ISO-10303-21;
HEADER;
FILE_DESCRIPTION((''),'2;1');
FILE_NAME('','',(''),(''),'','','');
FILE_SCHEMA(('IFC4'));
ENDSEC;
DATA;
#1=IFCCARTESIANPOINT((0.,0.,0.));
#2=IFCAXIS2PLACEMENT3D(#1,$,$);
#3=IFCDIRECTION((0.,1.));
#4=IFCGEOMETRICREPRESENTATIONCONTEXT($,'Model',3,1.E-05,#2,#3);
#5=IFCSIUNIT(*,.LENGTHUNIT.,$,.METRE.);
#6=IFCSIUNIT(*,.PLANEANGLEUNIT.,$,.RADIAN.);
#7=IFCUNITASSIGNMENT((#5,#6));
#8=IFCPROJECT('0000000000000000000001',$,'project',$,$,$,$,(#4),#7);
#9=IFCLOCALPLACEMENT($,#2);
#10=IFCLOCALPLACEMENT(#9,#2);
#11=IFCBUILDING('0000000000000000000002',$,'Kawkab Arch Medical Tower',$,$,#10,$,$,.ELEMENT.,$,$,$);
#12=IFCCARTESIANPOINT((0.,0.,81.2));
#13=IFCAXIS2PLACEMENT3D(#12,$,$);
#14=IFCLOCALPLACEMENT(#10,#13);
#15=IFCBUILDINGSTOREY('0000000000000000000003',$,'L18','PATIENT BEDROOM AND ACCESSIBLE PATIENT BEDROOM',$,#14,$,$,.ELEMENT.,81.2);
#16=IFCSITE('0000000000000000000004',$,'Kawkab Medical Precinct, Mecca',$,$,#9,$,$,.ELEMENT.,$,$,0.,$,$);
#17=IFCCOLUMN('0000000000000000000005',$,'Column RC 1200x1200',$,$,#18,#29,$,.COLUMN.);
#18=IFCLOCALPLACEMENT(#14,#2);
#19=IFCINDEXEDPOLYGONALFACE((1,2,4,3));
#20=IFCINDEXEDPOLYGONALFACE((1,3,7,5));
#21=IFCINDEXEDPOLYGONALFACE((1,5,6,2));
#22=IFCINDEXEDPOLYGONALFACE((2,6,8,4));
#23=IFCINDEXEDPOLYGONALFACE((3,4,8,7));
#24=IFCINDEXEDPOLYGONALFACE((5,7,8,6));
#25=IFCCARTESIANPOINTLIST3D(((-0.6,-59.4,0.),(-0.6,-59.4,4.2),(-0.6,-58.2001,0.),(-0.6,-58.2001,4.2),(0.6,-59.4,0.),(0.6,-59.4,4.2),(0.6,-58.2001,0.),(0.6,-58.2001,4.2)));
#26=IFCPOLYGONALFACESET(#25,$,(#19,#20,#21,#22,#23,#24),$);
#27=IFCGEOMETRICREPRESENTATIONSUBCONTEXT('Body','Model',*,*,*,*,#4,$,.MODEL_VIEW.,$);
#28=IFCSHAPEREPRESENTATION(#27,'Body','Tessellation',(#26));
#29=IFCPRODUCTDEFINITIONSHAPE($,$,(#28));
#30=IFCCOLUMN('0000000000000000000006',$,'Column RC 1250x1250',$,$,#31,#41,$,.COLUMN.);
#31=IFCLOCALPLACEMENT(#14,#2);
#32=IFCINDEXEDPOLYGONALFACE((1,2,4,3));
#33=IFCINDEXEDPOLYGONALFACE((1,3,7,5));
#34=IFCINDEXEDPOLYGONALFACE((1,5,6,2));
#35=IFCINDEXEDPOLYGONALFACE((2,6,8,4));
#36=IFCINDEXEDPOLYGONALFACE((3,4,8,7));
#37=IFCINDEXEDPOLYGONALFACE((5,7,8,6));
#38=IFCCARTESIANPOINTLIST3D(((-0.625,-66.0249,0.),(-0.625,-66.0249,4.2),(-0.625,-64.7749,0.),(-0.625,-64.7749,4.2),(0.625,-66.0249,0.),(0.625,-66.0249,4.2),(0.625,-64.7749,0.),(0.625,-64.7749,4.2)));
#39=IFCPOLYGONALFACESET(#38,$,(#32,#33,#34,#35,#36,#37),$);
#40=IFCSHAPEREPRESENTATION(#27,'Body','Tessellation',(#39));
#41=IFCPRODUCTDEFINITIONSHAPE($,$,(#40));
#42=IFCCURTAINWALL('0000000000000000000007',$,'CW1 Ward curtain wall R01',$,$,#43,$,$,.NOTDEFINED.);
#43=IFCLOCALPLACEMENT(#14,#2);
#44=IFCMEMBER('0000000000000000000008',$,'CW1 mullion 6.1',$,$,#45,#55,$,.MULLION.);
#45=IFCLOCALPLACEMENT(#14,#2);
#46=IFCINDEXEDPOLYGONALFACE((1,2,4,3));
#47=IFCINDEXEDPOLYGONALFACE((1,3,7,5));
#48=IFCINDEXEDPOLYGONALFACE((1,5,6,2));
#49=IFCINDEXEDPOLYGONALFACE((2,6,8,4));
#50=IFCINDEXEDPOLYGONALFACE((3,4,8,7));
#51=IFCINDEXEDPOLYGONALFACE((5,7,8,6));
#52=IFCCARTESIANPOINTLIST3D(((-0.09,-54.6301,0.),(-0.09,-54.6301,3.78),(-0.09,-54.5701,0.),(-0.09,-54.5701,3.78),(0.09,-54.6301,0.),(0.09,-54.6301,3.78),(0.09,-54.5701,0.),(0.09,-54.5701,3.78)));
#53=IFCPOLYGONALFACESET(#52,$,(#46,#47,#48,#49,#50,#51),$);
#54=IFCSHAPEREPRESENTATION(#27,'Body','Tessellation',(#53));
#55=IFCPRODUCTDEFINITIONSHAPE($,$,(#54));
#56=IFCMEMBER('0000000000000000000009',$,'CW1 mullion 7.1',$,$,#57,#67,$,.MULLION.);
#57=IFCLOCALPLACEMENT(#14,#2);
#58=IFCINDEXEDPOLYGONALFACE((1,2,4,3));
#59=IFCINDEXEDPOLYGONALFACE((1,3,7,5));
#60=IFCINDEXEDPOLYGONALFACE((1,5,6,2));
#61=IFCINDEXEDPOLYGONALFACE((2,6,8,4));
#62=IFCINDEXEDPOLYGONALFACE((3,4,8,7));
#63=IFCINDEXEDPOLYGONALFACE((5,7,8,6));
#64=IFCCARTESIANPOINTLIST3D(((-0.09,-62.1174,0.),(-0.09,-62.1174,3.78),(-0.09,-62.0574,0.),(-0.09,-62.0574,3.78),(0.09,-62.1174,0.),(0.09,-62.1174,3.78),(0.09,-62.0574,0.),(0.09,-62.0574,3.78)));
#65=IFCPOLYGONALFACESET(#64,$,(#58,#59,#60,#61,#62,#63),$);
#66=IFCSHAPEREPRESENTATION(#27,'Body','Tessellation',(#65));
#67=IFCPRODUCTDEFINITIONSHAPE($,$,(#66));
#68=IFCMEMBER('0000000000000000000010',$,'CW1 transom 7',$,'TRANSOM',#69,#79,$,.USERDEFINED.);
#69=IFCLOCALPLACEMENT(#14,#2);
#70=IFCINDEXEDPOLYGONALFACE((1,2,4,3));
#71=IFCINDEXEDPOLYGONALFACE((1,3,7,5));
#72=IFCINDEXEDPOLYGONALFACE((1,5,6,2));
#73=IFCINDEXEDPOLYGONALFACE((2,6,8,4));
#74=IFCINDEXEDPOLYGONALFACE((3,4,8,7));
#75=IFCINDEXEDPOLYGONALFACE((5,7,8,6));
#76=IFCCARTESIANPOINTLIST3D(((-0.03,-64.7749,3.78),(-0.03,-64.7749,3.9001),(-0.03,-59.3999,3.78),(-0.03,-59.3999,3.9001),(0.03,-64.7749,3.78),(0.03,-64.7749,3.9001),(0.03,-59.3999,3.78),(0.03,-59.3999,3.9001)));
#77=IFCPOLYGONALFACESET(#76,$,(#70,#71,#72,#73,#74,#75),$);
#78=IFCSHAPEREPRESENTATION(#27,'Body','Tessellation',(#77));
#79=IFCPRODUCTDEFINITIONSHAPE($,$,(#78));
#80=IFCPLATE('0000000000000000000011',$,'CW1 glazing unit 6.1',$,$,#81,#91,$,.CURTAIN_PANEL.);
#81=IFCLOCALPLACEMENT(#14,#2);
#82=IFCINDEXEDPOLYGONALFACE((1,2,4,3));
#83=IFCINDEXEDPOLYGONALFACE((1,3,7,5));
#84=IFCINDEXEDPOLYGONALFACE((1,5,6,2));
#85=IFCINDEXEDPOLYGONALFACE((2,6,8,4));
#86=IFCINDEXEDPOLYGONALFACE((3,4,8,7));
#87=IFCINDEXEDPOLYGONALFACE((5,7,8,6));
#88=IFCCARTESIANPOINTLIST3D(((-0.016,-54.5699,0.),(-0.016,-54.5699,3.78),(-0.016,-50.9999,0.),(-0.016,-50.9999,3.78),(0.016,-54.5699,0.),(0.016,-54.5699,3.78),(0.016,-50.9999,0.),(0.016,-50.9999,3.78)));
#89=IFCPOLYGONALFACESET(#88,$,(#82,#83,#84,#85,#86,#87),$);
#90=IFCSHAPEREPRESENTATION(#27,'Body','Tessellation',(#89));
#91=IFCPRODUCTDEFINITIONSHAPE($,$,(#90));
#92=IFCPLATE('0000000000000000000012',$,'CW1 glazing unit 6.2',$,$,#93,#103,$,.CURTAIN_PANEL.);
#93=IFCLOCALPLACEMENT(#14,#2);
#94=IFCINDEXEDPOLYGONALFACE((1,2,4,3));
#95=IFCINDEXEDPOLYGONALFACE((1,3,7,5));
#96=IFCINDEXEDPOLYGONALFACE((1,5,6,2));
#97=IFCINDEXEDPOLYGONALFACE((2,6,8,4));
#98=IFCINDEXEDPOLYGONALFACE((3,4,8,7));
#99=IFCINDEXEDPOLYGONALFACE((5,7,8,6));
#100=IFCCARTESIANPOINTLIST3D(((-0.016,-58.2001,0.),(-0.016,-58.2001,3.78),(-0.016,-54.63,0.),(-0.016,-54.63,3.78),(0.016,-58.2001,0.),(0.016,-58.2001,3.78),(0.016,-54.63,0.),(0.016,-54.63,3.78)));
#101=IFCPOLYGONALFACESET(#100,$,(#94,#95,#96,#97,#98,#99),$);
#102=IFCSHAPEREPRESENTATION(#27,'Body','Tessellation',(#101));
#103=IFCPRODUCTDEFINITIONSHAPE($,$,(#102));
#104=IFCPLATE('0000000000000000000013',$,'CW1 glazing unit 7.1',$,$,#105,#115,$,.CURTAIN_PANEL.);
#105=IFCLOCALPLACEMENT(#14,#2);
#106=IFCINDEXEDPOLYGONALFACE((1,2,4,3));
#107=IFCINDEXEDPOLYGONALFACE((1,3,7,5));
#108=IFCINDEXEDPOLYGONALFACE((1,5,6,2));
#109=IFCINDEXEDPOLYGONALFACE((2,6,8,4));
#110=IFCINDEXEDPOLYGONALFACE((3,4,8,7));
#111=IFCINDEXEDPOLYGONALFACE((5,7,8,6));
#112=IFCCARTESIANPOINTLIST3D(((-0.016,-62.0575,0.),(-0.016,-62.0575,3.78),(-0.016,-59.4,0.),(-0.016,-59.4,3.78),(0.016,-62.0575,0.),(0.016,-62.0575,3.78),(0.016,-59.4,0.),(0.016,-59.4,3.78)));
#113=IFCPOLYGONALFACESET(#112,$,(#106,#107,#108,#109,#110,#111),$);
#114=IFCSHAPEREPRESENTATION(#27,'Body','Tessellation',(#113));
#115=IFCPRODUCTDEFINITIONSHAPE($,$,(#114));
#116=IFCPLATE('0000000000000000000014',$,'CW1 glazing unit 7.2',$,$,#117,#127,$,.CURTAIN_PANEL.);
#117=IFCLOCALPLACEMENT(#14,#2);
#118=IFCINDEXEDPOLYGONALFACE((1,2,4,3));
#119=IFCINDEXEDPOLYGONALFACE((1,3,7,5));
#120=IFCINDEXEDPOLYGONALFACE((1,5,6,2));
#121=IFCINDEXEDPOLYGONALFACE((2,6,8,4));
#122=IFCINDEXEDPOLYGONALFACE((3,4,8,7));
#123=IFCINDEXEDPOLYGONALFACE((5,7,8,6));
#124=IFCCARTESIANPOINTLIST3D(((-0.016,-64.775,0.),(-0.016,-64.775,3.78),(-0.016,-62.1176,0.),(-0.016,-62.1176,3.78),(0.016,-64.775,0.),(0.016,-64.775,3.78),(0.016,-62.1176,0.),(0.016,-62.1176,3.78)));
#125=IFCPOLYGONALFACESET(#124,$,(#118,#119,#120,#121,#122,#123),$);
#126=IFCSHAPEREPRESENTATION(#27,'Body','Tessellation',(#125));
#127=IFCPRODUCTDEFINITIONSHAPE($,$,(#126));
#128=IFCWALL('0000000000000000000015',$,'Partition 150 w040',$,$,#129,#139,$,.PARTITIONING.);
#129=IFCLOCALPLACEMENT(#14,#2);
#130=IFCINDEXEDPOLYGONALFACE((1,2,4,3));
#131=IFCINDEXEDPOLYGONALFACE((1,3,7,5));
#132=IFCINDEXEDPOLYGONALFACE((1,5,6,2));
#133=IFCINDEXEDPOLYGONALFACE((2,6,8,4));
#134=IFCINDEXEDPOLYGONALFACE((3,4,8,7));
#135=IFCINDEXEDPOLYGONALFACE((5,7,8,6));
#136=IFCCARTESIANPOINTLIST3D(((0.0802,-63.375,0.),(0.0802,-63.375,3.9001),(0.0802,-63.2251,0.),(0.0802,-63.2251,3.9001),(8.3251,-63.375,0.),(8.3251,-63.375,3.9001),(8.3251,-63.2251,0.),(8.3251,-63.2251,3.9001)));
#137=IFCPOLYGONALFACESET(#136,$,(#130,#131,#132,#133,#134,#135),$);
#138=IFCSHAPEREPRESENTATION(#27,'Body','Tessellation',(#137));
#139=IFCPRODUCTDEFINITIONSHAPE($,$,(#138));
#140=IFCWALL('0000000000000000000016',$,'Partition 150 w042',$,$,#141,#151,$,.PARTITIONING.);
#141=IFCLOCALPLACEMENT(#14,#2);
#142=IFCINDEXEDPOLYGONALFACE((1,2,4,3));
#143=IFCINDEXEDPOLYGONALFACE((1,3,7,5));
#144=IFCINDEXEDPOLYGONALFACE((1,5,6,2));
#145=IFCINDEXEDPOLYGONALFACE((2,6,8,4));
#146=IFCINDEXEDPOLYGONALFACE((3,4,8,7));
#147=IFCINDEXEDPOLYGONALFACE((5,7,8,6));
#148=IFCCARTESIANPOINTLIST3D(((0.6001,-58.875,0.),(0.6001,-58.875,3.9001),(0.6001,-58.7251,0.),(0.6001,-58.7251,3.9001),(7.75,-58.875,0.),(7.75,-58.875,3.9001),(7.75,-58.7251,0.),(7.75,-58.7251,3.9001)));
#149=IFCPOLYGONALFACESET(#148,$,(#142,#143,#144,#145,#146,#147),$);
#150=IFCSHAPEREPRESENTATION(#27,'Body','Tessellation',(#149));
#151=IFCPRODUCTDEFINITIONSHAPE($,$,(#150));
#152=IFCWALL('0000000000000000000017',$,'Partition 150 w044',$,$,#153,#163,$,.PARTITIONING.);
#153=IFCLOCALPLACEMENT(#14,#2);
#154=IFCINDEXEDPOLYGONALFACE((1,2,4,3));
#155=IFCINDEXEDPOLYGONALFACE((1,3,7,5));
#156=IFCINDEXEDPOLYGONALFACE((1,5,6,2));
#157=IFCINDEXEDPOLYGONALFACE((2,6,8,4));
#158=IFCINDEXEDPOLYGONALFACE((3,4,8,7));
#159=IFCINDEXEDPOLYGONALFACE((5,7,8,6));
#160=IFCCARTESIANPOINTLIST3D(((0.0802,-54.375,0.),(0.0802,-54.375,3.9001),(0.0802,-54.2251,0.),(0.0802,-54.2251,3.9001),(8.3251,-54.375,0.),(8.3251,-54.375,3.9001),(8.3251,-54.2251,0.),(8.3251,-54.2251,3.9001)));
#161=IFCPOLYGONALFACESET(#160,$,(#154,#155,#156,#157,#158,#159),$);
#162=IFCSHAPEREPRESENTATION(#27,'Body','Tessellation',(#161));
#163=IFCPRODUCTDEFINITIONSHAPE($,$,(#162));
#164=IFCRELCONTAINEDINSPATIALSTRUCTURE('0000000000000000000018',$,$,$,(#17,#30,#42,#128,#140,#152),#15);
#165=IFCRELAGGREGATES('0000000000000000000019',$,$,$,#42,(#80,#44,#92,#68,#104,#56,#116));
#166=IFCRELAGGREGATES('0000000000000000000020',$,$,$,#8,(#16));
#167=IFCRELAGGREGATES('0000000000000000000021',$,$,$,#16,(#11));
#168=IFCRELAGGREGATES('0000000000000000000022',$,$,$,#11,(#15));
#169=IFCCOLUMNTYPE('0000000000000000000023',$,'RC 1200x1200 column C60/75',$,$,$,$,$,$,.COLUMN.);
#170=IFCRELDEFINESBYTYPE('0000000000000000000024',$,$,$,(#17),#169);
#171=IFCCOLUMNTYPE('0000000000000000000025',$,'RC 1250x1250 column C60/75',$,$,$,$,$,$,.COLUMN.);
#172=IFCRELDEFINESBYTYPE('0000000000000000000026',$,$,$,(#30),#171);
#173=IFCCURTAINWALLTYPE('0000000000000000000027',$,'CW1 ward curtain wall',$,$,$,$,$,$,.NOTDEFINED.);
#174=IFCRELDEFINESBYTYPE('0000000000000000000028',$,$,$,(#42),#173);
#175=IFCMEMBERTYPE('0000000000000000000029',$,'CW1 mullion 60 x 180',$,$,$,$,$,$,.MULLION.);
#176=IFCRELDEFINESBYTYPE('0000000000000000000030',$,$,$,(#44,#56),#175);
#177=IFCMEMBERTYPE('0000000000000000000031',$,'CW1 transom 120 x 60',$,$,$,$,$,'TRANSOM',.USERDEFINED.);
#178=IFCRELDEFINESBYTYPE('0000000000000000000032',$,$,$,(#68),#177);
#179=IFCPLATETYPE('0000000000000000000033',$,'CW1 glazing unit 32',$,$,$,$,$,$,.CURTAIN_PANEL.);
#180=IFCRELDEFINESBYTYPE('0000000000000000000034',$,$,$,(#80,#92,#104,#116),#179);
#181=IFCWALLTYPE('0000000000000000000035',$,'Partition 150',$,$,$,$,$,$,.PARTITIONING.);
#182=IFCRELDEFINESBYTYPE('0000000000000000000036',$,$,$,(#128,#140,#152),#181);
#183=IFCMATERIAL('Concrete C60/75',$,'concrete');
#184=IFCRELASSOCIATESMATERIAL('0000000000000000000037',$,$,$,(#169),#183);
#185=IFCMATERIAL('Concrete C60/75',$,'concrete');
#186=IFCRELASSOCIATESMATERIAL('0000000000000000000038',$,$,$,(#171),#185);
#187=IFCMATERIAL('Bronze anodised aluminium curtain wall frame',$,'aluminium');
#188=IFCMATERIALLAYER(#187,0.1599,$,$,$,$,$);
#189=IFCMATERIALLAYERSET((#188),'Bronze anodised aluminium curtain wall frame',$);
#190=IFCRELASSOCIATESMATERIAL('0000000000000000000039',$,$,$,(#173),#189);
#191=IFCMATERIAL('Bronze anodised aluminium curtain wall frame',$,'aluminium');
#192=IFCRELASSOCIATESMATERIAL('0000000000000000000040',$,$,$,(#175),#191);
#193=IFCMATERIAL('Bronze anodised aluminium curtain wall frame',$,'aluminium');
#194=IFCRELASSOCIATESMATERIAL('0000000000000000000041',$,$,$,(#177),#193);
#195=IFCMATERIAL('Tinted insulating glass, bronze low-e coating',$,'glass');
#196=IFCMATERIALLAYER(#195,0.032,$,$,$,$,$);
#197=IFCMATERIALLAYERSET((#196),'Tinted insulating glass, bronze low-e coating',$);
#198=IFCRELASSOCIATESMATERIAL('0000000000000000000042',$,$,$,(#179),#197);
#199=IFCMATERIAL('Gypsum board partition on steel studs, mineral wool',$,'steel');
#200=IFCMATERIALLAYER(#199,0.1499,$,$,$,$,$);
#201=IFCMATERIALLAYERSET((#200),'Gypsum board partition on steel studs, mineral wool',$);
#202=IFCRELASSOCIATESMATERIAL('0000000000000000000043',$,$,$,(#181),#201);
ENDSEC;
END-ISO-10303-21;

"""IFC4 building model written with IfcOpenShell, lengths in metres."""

from ifc_helpers import new_model, si_unit, direction, frame, frame_2d, origin, origin_2d, place, context, subcontext, project, spatial, rectangle, extrude, material, layer, layer_set, material_profile, profile_set, type_object, element, aggregate, save


model = new_model("IFC4")

# Units and contexts
model_context = context("Model", 3, precision=1e-05, world=origin(), true_north=direction((0.0, 1.0)))
body_context = subcontext(model_context, "Body", "Model", "MODEL_VIEW")
ifc_project = project(units=[si_unit("LENGTHUNIT", "METRE"), si_unit("PLANEANGLEUNIT", "RADIAN")], contexts=[model_context])

# Site, building, storey
site_placement = place(None, origin())
site = spatial("IfcSite", under=ifc_project, at=site_placement, Name="Kawkab Medical Precinct, Mecca", CompositionType="ELEMENT", RefElevation=0.0)
building_placement = place(site_placement, origin())
building = spatial("IfcBuilding", under=site, at=building_placement, Name="Kawkab Arch Medical Tower", CompositionType="ELEMENT")
storey_placement = place(building_placement, frame((0.0, 0.0, 81.2)))
storey = spatial("IfcBuildingStorey", under=building, at=storey_placement, Name="L18", Description="PATIENT BEDROOM AND ACCESSIBLE PATIENT BEDROOM", CompositionType="ELEMENT", Elevation=81.2)

# Columns
ifc_material_1 = material(Name="Concrete C60/75", Category="concrete")
ifc_material_profile_1 = material_profile(ifc_material_1, rectangle(XDim=1.2, YDim=1.2, at=origin_2d()), Name="RC 1200x1200")
ifc_profile_set_1 = profile_set([ifc_material_profile_1], Name="Concrete C60/75")
column_type_1 = type_object("IfcColumnType", Name="RC 1200x1200 column C60/75", PredefinedType="COLUMN", material=ifc_profile_set_1)
column_1_placement = place(storey_placement, frame((0.0, -58.8, 0.0), z_axis=(0.0, 0.0, 1.0), x_axis=(1.0, 0.0, 0.0)))
element("IfcColumn", 1, at=column_1_placement, inside=storey, type_object=column_type_1, Name="Column RC 1200x1200", PredefinedType="COLUMN", context=body_context, shape_type="SweptSolid", body=[
    extrude(rectangle(XDim=1.2, YDim=1.2, at=origin_2d()), origin(), (0.0, 0.0, 1.0), 4.2),
])
ifc_material_2 = material(Name="Concrete C60/75", Category="concrete")
ifc_material_profile_2 = material_profile(ifc_material_2, rectangle(XDim=1.25, YDim=1.25, at=origin_2d()), Name="RC 1250x1250")
ifc_profile_set_2 = profile_set([ifc_material_profile_2], Name="Concrete C60/75")
column_type_2 = type_object("IfcColumnType", Name="RC 1250x1250 column C60/75", PredefinedType="COLUMN", material=ifc_profile_set_2)
column_2_placement = place(storey_placement, frame((0.0, -65.3999, 0.0), z_axis=(0.0, 0.0, 1.0), x_axis=(1.0, 0.0, 0.0)))
element("IfcColumn", 2, at=column_2_placement, inside=storey, type_object=column_type_2, Name="Column RC 1250x1250", PredefinedType="COLUMN", context=body_context, shape_type="SweptSolid", body=[
    extrude(rectangle(XDim=1.25, YDim=1.25, at=origin_2d()), origin(), (0.0, 0.0, 1.0), 4.2),
])

# Curtain wall, members, plates
ifc_material_3 = material(Name="Bronze anodised aluminium curtain wall frame", Category="aluminium")
ifc_layer_1 = layer(ifc_material_3, 0.1599)
ifc_layer_set_1 = layer_set([ifc_layer_1], Name="Bronze anodised aluminium curtain wall frame")
curtain_wall_type = type_object("IfcCurtainWallType", Name="CW1 ward curtain wall", PredefinedType="NOTDEFINED", material=ifc_layer_set_1)
curtain_wall_placement = place(storey_placement, origin())
curtain_wall = element("IfcCurtainWall", 3, at=curtain_wall_placement, inside=storey, type_object=curtain_wall_type, Name="CW1 Ward curtain wall R01", PredefinedType="NOTDEFINED")
ifc_material_4 = material(Name="Bronze anodised aluminium curtain wall frame", Category="aluminium")
ifc_material_profile_3 = material_profile(ifc_material_4, rectangle(XDim=0.1799, YDim=0.0601, at=origin_2d()), Name="AL 60x180")
ifc_profile_set_3 = profile_set([ifc_material_profile_3], Name="Bronze anodised aluminium curtain wall frame")
member_type_1 = type_object("IfcMemberType", Name="CW1 mullion 60 x 180", PredefinedType="MULLION", material=ifc_profile_set_3)
member_1_placement = place(storey_placement, frame((0.0, -54.6001, 0.0), z_axis=(0.0, 0.0, 1.0), x_axis=(1.0, 0.0, 0.0)))
member_1 = element("IfcMember", 4, at=member_1_placement, type_object=member_type_1, Name="CW1 mullion 6.1", PredefinedType="MULLION", context=body_context, shape_type="SweptSolid", body=[
    extrude(rectangle(XDim=0.1799, YDim=0.0601, at=origin_2d()), origin(), (0.0, 0.0, 1.0), 3.78),
])
member_2_placement = place(storey_placement, frame((0.0, -62.0874, 0.0), z_axis=(0.0, 0.0, 1.0), x_axis=(1.0, 0.0, 0.0)))
member_2 = element("IfcMember", 5, at=member_2_placement, type_object=member_type_1, Name="CW1 mullion 7.1", PredefinedType="MULLION", context=body_context, shape_type="SweptSolid", body=[
    extrude(rectangle(XDim=0.1799, YDim=0.0601, at=origin_2d()), origin(), (0.0, 0.0, 1.0), 3.78),
])
ifc_material_5 = material(Name="Bronze anodised aluminium curtain wall frame", Category="aluminium")
ifc_material_profile_4 = material_profile(ifc_material_5, rectangle(XDim=0.0601, YDim=0.1201, at=origin_2d()), Name="AL 60x120")
ifc_profile_set_4 = profile_set([ifc_material_profile_4], Name="Bronze anodised aluminium curtain wall frame")
member_type_2 = type_object("IfcMemberType", Name="CW1 transom 120 x 60", ElementType="TRANSOM", PredefinedType="USERDEFINED", material=ifc_profile_set_4)
member_3_placement = place(storey_placement, frame((0.0, -59.3999, 3.8401), z_axis=(0.0, -1.0, 0.0), x_axis=(1.0, 0.0, 0.0)))
member_3 = element("IfcMember", 6, at=member_3_placement, type_object=member_type_2, Name="CW1 transom 7", ObjectType="TRANSOM", PredefinedType="USERDEFINED", context=body_context, shape_type="SweptSolid", body=[
    extrude(rectangle(XDim=0.0601, YDim=0.1201, at=origin_2d()), origin(), (0.0, 0.0, 1.0), 5.375),
])
ifc_material_6 = material(Name="Tinted insulating glass, bronze low-e coating", Category="glass")
ifc_layer_2 = layer(ifc_material_6, 0.032)
ifc_layer_set_2 = layer_set([ifc_layer_2], Name="Tinted insulating glass, bronze low-e coating")
plate_type = type_object("IfcPlateType", Name="CW1 glazing unit 32", PredefinedType="CURTAIN_PANEL", material=ifc_layer_set_2)
plate_1_placement = place(storey_placement, frame((0.0, -52.7849, 0.0), z_axis=(0.0, 0.0, 1.0), x_axis=(0.0, -1.0, 0.0)))
plate_1 = element("IfcPlate", 7, at=plate_1_placement, type_object=plate_type, Name="CW1 glazing unit 6.1", PredefinedType="CURTAIN_PANEL", context=body_context, shape_type="SweptSolid", body=[
    extrude(rectangle(XDim=3.5701, YDim=0.032, at=origin_2d()), origin(), (0.0, 0.0, 1.0), 3.78),
])
plate_2_placement = place(storey_placement, frame((0.0, -56.415, 0.0), z_axis=(0.0, 0.0, 1.0), x_axis=(0.0, -1.0, 0.0)))
plate_2 = element("IfcPlate", 8, at=plate_2_placement, type_object=plate_type, Name="CW1 glazing unit 6.2", PredefinedType="CURTAIN_PANEL", context=body_context, shape_type="SweptSolid", body=[
    extrude(rectangle(XDim=3.5701, YDim=0.032, at=origin_2d()), origin(), (0.0, 0.0, 1.0), 3.78),
])
plate_3_placement = place(storey_placement, frame((0.0, -60.7288, 0.0), z_axis=(0.0, 0.0, 1.0), x_axis=(0.0, -1.0, 0.0)))
plate_3 = element("IfcPlate", 9, at=plate_3_placement, type_object=plate_type, Name="CW1 glazing unit 7.1", PredefinedType="CURTAIN_PANEL", context=body_context, shape_type="SweptSolid", body=[
    extrude(rectangle(XDim=2.6575, YDim=0.032, at=origin_2d()), origin(), (0.0, 0.0, 1.0), 3.78),
])
plate_4_placement = place(storey_placement, frame((0.0, -63.4463, 0.0), z_axis=(0.0, 0.0, 1.0), x_axis=(0.0, -1.0, 0.0)))
plate_4 = element("IfcPlate", 10, at=plate_4_placement, type_object=plate_type, Name="CW1 glazing unit 7.2", PredefinedType="CURTAIN_PANEL", context=body_context, shape_type="SweptSolid", body=[
    extrude(rectangle(XDim=2.6575, YDim=0.032, at=origin_2d()), origin(), (0.0, 0.0, 1.0), 3.78),
])
aggregate(curtain_wall, [plate_1, member_1, plate_2, member_3, plate_3, member_2, plate_4])

# Walls
ifc_material_7 = material(Name="Gypsum board partition on steel studs, mineral wool", Category="steel")
ifc_layer_3 = layer(ifc_material_7, 0.1499)
ifc_layer_set_3 = layer_set([ifc_layer_3], Name="Gypsum board partition on steel studs, mineral wool")
wall_type = type_object("IfcWallType", Name="Partition 150", PredefinedType="PARTITIONING", material=ifc_layer_set_3)
wall_1_placement = place(storey_placement, frame((0.0801, -63.3, 0.0), z_axis=(0.0, 0.0, 1.0), x_axis=(1.0, 0.0, 0.0)))
element("IfcWall", 11, at=wall_1_placement, inside=storey, type_object=wall_type, Name="Partition 150 w040", PredefinedType="PARTITIONING", context=body_context, shape_type="SweptSolid", body=[
    extrude(rectangle(XDim=8.2449, YDim=0.1499, at=frame_2d((4.1226, 0.0))), origin(), (0.0, 0.0, 1.0), 3.9001),
])
wall_2_placement = place(storey_placement, frame((0.6001, -58.8, 0.0), z_axis=(0.0, 0.0, 1.0), x_axis=(1.0, 0.0, 0.0)))
element("IfcWall", 12, at=wall_2_placement, inside=storey, type_object=wall_type, Name="Partition 150 w042", PredefinedType="PARTITIONING", context=body_context, shape_type="SweptSolid", body=[
    extrude(rectangle(XDim=7.1499, YDim=0.1499, at=frame_2d((3.575, 0.0))), origin(), (0.0, 0.0, 1.0), 3.9001),
])
wall_3_placement = place(storey_placement, frame((0.0801, -54.3, 0.0), z_axis=(0.0, 0.0, 1.0), x_axis=(1.0, 0.0, 0.0)))
element("IfcWall", 13, at=wall_3_placement, inside=storey, type_object=wall_type, Name="Partition 150 w044", PredefinedType="PARTITIONING", context=body_context, shape_type="SweptSolid", body=[
    extrude(rectangle(XDim=8.2449, YDim=0.1499, at=frame_2d((4.1226, 0.0))), origin(), (0.0, 0.0, 1.0), 3.9001),
])

save(model, "model.ifc")
